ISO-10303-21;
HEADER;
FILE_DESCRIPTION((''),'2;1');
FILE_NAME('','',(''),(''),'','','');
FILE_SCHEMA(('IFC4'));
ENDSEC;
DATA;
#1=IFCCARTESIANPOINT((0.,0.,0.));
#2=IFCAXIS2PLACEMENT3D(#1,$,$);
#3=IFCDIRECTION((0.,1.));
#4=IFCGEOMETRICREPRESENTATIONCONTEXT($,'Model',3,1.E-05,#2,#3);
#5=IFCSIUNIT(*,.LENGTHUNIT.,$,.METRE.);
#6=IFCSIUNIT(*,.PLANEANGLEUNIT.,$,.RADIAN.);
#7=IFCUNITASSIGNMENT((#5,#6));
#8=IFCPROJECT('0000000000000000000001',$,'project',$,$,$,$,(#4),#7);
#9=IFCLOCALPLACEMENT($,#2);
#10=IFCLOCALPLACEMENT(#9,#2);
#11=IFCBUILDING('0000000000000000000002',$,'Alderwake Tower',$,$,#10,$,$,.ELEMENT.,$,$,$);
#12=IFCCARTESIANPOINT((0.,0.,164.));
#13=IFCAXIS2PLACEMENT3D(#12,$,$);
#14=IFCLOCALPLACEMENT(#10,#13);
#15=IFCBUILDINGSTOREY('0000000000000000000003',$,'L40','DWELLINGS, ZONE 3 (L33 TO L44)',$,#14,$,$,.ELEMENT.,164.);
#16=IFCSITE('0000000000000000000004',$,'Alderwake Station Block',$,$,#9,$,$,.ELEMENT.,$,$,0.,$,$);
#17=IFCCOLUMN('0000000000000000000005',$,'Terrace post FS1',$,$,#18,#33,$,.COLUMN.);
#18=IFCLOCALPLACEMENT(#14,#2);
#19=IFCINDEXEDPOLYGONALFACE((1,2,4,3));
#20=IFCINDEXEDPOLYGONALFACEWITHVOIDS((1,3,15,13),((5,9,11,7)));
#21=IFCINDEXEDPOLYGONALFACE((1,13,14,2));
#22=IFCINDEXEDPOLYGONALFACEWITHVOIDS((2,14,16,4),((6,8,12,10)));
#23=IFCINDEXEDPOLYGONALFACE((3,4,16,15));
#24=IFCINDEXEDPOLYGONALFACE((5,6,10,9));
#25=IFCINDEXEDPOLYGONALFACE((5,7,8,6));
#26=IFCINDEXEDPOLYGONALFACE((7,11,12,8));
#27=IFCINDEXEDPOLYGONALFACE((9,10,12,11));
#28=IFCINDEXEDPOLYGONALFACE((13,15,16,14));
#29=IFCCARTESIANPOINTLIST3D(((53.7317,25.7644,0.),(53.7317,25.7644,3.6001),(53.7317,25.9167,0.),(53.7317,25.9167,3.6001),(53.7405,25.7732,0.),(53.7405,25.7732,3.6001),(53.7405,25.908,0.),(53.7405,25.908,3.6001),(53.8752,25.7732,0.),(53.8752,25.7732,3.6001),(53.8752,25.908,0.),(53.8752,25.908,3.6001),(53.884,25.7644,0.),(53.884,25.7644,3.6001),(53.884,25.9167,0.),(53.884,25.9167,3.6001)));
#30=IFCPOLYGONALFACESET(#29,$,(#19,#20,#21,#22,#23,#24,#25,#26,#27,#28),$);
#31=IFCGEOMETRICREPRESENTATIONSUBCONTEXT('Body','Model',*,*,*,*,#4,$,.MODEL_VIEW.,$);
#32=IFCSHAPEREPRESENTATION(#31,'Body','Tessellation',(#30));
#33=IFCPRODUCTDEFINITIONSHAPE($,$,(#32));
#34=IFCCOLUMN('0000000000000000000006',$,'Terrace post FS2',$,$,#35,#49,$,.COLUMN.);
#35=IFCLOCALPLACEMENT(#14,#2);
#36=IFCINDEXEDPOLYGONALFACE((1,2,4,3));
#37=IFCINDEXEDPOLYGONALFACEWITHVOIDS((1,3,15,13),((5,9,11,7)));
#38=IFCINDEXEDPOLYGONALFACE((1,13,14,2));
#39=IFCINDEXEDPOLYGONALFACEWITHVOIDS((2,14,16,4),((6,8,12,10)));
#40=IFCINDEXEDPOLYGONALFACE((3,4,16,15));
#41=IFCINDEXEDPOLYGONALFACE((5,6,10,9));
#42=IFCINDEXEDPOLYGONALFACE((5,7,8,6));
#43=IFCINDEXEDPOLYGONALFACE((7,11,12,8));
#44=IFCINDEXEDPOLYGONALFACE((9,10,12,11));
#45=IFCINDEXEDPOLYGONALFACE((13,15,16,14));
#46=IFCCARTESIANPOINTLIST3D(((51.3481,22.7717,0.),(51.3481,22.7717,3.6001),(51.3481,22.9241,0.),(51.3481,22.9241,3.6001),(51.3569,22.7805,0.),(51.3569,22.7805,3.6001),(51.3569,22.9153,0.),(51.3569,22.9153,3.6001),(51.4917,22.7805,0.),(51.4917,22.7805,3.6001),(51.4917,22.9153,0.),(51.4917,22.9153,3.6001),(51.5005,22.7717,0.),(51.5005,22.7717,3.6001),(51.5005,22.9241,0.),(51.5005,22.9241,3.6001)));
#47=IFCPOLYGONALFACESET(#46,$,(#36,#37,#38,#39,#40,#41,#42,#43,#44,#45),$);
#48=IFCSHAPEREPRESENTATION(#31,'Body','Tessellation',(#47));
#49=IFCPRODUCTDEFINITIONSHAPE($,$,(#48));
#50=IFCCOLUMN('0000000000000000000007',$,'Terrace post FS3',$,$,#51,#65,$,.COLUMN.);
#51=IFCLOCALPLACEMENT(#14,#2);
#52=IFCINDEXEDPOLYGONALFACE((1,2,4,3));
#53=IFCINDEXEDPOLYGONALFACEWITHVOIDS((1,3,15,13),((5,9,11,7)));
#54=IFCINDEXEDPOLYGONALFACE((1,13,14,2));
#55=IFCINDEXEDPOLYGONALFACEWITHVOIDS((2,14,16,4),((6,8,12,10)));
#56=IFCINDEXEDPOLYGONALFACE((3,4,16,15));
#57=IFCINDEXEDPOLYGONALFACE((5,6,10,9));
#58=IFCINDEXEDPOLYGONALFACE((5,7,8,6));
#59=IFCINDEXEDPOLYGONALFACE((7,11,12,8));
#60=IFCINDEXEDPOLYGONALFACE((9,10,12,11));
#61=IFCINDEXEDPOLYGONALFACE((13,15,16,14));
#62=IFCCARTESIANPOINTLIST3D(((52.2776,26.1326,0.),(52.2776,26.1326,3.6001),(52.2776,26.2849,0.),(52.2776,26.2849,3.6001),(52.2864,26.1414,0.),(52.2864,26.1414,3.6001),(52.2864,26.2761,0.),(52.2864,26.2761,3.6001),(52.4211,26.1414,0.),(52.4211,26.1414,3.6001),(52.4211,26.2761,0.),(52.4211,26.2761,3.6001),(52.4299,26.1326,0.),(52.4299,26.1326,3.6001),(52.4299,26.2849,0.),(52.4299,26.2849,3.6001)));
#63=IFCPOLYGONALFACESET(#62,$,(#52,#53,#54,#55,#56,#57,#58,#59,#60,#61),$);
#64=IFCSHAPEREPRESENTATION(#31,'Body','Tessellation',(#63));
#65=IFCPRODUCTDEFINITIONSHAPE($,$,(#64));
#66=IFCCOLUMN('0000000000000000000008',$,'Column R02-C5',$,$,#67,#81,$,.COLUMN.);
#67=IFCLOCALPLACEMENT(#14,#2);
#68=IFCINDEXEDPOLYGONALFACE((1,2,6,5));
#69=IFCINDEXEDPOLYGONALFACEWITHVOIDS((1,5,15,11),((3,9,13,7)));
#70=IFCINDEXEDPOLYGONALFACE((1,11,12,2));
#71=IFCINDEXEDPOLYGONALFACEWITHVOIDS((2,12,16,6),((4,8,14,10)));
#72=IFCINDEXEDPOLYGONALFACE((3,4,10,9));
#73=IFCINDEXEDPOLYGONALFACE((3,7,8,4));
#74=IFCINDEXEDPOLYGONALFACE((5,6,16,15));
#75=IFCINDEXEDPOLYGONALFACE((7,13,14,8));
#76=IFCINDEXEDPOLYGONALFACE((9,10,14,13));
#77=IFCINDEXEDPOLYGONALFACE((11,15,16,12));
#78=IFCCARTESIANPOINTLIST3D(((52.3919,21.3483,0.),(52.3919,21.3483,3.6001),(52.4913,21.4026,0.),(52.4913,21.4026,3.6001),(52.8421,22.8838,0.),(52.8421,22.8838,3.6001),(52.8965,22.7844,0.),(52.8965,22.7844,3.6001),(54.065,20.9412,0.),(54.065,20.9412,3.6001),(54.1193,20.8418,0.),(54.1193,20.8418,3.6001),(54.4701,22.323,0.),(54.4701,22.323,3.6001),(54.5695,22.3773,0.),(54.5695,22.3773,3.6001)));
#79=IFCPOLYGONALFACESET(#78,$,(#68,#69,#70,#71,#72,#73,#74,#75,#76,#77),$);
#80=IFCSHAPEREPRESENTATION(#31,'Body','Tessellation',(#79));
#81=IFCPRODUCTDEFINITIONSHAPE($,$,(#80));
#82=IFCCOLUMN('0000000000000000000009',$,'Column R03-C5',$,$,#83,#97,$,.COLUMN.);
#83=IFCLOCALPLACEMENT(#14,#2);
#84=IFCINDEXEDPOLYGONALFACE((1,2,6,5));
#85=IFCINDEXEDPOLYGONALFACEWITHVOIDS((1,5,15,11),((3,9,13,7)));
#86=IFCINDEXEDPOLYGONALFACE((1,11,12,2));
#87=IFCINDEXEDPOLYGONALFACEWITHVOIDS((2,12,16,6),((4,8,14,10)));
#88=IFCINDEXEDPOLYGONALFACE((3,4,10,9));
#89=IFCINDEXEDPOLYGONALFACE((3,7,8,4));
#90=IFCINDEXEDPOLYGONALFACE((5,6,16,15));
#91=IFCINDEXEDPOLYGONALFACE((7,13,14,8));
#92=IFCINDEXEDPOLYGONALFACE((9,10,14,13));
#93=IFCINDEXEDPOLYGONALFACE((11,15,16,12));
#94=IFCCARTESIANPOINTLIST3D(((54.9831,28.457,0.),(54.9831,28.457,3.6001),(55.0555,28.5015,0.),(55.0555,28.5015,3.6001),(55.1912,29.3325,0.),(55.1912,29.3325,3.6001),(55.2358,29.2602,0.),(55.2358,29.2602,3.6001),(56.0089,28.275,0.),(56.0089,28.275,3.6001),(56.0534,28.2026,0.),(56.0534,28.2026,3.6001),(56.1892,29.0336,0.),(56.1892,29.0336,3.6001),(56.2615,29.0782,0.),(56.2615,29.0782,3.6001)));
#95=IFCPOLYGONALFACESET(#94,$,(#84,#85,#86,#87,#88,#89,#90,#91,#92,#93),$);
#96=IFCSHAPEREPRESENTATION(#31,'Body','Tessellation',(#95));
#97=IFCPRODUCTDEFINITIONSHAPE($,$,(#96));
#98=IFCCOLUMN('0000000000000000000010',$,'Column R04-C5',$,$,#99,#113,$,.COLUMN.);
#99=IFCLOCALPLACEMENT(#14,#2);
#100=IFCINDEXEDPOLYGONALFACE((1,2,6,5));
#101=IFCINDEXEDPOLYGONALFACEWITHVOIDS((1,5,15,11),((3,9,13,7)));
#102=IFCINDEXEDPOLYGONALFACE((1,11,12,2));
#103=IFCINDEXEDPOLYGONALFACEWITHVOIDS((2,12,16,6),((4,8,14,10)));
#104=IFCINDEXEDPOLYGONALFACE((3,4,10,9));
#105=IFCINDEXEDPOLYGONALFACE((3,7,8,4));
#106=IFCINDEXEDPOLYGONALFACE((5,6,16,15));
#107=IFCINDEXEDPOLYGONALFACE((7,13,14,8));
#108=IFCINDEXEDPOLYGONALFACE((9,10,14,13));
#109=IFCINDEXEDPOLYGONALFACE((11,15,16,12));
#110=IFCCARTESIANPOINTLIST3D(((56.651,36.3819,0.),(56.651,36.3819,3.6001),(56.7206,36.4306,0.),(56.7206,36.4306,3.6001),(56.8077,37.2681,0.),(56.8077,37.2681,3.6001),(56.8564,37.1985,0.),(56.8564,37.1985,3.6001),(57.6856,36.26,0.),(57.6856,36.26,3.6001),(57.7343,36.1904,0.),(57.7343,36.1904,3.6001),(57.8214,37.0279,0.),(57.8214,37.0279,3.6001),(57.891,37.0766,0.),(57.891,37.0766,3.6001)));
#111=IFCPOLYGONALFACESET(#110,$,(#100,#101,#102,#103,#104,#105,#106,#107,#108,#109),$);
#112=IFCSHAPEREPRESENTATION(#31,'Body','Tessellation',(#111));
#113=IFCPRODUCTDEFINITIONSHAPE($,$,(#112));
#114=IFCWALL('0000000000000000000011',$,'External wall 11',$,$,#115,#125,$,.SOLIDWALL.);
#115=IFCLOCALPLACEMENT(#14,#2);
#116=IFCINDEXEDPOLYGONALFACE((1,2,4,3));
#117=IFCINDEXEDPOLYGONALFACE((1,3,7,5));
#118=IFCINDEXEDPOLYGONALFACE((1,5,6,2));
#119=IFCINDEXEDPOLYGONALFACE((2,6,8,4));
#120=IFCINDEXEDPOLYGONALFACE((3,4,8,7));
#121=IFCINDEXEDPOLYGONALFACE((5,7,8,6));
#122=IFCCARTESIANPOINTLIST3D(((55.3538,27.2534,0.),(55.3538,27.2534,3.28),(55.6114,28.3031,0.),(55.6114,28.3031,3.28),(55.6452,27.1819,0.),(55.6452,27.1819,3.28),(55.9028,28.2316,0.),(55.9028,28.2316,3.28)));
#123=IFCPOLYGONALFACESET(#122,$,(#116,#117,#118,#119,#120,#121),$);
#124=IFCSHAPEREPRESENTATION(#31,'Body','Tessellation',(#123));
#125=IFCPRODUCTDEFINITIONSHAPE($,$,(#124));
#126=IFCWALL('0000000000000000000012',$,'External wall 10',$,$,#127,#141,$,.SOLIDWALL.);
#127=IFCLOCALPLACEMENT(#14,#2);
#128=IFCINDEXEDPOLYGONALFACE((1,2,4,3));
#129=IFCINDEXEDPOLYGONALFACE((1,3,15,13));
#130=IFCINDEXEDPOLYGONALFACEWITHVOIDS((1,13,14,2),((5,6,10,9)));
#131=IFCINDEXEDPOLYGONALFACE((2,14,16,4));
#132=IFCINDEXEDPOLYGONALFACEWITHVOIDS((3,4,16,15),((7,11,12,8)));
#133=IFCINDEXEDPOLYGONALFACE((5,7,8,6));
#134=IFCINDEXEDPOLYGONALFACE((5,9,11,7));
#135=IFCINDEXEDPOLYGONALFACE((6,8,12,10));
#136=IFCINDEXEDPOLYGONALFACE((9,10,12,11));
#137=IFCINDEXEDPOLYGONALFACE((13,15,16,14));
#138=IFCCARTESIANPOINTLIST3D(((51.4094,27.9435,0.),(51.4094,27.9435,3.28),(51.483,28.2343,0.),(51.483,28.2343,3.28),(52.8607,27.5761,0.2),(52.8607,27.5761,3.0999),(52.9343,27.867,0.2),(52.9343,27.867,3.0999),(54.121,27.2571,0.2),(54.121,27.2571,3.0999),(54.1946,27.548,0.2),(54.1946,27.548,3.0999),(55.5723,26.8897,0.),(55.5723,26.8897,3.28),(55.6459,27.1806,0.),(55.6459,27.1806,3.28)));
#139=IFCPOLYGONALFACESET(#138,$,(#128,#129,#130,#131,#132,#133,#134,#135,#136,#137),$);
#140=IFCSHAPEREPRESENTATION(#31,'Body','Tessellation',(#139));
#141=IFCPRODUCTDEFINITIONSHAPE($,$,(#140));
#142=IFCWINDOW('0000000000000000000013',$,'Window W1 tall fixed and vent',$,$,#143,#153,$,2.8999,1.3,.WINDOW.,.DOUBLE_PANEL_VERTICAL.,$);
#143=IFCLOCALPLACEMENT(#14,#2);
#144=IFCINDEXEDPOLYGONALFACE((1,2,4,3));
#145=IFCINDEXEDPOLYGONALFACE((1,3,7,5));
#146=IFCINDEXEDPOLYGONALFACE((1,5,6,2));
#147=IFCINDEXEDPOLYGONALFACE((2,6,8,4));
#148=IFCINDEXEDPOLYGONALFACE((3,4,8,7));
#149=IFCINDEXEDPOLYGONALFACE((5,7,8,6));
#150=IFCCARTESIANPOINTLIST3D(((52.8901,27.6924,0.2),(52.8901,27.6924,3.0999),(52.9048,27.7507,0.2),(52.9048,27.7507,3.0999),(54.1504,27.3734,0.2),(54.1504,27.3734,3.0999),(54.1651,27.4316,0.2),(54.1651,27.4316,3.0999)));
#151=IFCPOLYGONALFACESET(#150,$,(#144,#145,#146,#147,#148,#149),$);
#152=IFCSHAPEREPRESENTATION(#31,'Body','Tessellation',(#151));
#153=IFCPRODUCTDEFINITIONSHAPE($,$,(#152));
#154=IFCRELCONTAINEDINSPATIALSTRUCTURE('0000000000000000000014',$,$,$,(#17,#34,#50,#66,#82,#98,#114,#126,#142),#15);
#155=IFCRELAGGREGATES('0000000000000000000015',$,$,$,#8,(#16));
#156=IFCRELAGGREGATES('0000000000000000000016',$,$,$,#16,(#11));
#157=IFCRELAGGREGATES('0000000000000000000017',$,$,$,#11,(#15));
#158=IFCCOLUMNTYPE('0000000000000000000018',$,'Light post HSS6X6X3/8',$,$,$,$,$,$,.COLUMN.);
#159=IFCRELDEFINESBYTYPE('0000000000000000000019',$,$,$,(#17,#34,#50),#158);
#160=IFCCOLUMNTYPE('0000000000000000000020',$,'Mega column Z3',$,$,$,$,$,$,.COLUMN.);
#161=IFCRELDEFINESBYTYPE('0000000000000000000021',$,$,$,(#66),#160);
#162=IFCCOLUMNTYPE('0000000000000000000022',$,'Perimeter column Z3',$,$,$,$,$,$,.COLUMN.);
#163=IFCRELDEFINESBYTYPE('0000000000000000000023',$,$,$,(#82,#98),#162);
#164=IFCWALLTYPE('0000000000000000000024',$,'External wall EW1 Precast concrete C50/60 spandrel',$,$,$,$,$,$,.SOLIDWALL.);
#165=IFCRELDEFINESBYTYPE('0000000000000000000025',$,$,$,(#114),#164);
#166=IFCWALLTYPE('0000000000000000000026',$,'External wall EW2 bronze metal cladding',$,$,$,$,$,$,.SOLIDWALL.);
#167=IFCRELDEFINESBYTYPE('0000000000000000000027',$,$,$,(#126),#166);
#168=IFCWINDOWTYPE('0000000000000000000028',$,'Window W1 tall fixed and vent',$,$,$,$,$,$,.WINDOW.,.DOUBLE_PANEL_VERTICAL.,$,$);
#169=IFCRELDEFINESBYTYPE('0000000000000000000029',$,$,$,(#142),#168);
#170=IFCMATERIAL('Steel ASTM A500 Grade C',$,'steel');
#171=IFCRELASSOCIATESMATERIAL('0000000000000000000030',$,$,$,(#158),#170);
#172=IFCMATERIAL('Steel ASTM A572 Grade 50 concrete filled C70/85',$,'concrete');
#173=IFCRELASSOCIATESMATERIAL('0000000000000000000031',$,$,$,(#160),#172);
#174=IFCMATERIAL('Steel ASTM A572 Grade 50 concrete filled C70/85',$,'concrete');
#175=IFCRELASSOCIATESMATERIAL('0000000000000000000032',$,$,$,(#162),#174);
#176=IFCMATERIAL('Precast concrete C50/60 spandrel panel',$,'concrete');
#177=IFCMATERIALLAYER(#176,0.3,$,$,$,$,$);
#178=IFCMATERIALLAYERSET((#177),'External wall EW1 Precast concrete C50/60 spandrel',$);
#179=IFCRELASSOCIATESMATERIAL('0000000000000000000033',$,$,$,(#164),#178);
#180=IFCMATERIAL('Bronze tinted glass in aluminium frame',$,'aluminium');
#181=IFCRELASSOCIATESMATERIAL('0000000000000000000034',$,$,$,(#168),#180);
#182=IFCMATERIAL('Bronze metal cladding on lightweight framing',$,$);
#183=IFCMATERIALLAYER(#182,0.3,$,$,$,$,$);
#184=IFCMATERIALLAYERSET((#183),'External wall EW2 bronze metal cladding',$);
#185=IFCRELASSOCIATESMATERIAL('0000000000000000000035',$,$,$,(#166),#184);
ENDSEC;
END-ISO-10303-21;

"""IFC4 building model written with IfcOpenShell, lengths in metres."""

from ifc_helpers import new_model, si_unit, direction, frame, frame_2d, origin, origin_2d, place, context, subcontext, project, spatial, rectangle, hollow_rectangle, extrude, material, layer, layer_set, material_profile, profile_set, type_object, element, fill, save


model = new_model("IFC4")

# Units and contexts
model_context = context("Model", 3, precision=1e-05, world=origin(), true_north=direction((0.0, 1.0)))
body_context = subcontext(model_context, "Body", "Model", "MODEL_VIEW")
ifc_project = project(units=[si_unit("LENGTHUNIT", "METRE"), si_unit("PLANEANGLEUNIT", "RADIAN")], contexts=[model_context])

# Site, building, storey
site_placement = place(None, origin())
site = spatial("IfcSite", under=ifc_project, at=site_placement, Name="Alderwake Station Block", CompositionType="ELEMENT", RefElevation=0.0)
building_placement = place(site_placement, origin())
building = spatial("IfcBuilding", under=site, at=building_placement, Name="Alderwake Tower", CompositionType="ELEMENT")
storey_placement = place(building_placement, frame((0.0, 0.0, 164.0)))
storey = spatial("IfcBuildingStorey", under=building, at=storey_placement, Name="L40", Description="DWELLINGS, ZONE 3 (L33 TO L44)", CompositionType="ELEMENT", Elevation=164.0)

# Columns
ifc_material_1 = material(Name="Steel ASTM A500 Grade C", Category="steel")
ifc_material_profile_1 = material_profile(ifc_material_1, hollow_rectangle(XDim=0.1523, YDim=0.1523, WallThickness=0.0088, at=origin_2d()), Name="HSS6X6X3/8")
ifc_profile_set_1 = profile_set([ifc_material_profile_1], Name="Steel ASTM A500 Grade C")
column_type_1 = type_object("IfcColumnType", Name="Light post HSS6X6X3/8", PredefinedType="COLUMN", material=ifc_profile_set_1)
for number, where, z_axis, x_axis, name in (
    (1, (53.8079, 25.8406, 0.0), (0.0, 0.0, 1.0), (1.0, 0.0, 0.0), "Terrace post FS1"),
    (2, (51.4243, 22.8479, 0.0), (0.0, 0.0, 1.0), (1.0, 0.0, 0.0), "Terrace post FS2"),
    (3, (52.3538, 26.2087, 0.0), (0.0, 0.0, 1.0), (1.0, 0.0, 0.0), "Terrace post FS3"),
):
    element("IfcColumn", number, at=place(storey_placement, frame(where, z_axis=z_axis, x_axis=x_axis)), inside=storey, type_object=column_type_1, Name=name, PredefinedType="COLUMN", context=body_context, shape_type="SweptSolid", body=[
        extrude(hollow_rectangle(XDim=0.1523, YDim=0.1523, WallThickness=0.0088, at=origin_2d()), origin(), (0.0, 0.0, 1.0), 3.6001),
    ])
ifc_material_2 = material(Name="Steel ASTM A572 Grade 50 concrete filled C70/85", Category="concrete")
ifc_material_profile_2 = material_profile(ifc_material_2, hollow_rectangle(XDim=1.6001, YDim=1.8, WallThickness=0.0801, at=origin_2d()), Name="BOX 1800X1600X80")
ifc_profile_set_2 = profile_set([ifc_material_profile_2], Name="Steel ASTM A572 Grade 50 concrete filled C70/85")
column_type_2 = type_object("IfcColumnType", Name="Mega column Z3", PredefinedType="COLUMN", material=ifc_profile_set_2)
column_placement = place(storey_placement, frame((53.4807, 21.8628, 0.0), z_axis=(0.0, 0.0, 1.0), x_axis=(0.28136, 0.959602, 0.0)))
element("IfcColumn", 4, at=column_placement, inside=storey, type_object=column_type_2, Name="Column R02-C5", PredefinedType="COLUMN", context=body_context, shape_type="SweptSolid", body=[
    extrude(hollow_rectangle(XDim=1.6001, YDim=1.8, WallThickness=0.0801, at=origin_2d()), origin(), (0.0, 0.0, 1.0), 3.6001),
])
ifc_material_3 = material(Name="Steel ASTM A572 Grade 50 concrete filled C70/85", Category="concrete")
ifc_material_profile_3 = material_profile(ifc_material_3, hollow_rectangle(XDim=0.8999, YDim=1.1001, WallThickness=0.0601, at=origin_2d()), Name="BOX 1100X900X60")
ifc_profile_set_3 = profile_set([ifc_material_profile_3], Name="Steel ASTM A572 Grade 50 concrete filled C70/85")
column_type_3 = type_object("IfcColumnType", Name="Perimeter column Z3", PredefinedType="COLUMN", material=ifc_profile_set_3)
for number, where, z_axis, x_axis, name in (
    (5, (55.6223, 28.7676, 0.0), (0.0, 0.0, 1.0), (0.231222, 0.972901, 0.0), "Column R03-C5"),
    (6, (57.271, 36.7292, 0.0), (0.0, 0.0, 1.0), (0.174109, 0.984726, 0.0), "Column R04-C5"),
):
    element("IfcColumn", number, at=place(storey_placement, frame(where, z_axis=z_axis, x_axis=x_axis)), inside=storey, type_object=column_type_3, Name=name, PredefinedType="COLUMN", context=body_context, shape_type="SweptSolid", body=[
        extrude(hollow_rectangle(XDim=0.8999, YDim=1.1001, WallThickness=0.0601, at=origin_2d()), origin(), (0.0, 0.0, 1.0), 3.6001),
    ])

# Wall
ifc_material_4 = material(Name="Precast concrete C50/60 spandrel panel", Category="concrete")
ifc_layer_1 = layer(ifc_material_4, 0.3)
ifc_layer_set_1 = layer_set([ifc_layer_1], Name="External wall EW1 Precast concrete C50/60 spandrel")
wall_type_1 = type_object("IfcWallType", Name="External wall EW1 Precast concrete C50/60 spandrel", PredefinedType="SOLIDWALL", material=ifc_layer_set_1)
wall_1_placement = place(storey_placement, frame((55.4995, 27.2175, 0.0), z_axis=(0.0, 0.0, 1.0), x_axis=(0.238334, 0.971183, 0.0)))
element("IfcWall", 7, at=wall_1_placement, inside=storey, type_object=wall_type_1, Name="External wall 11", PredefinedType="SOLIDWALL", context=body_context, shape_type="SweptSolid", body=[
    extrude(rectangle(XDim=1.0808, YDim=0.3, at=frame_2d((0.5405, 0.0))), origin(), (0.0, 0.0, 1.0), 3.28),
])

# Shared definitions
ifc_material_5 = material(Name="Bronze tinted glass in aluminium frame", Category="aluminium")
window_type = type_object("IfcWindowType", Name="Window W1 tall fixed and vent", PartitioningType="DOUBLE_PANEL_VERTICAL", PredefinedType="WINDOW", material=ifc_material_5)

# Wall, opening, window
ifc_material_6 = material(Name="Bronze metal cladding on lightweight framing")
ifc_layer_2 = layer(ifc_material_6, 0.3)
ifc_layer_set_2 = layer_set([ifc_layer_2], Name="External wall EW2 bronze metal cladding")
wall_type_2 = type_object("IfcWallType", Name="External wall EW2 bronze metal cladding", PredefinedType="SOLIDWALL", material=ifc_layer_set_2)
wall_2_placement = place(storey_placement, frame((51.4463, 28.0889, 0.0), z_axis=(0.0, 0.0, 1.0), x_axis=(0.969426, -0.245384, 0.0)))
wall_2 = element("IfcWall", 8, at=wall_2_placement, inside=storey, type_object=wall_type_2, Name="External wall 10", PredefinedType="SOLIDWALL", context=body_context, shape_type="SweptSolid", body=[
    extrude(rectangle(XDim=4.2942, YDim=0.3, at=frame_2d((2.147, 0.0))), origin(), (0.0, 0.0, 1.0), 3.28),
])
opening_1_placement = place(wall_2_placement, frame((1.4971, 0.0, 0.2)))
opening_1 = element("IfcOpeningElement", 9, at=opening_1_placement, cuts=wall_2, PredefinedType="OPENING", context=body_context, shape_type="SweptSolid", body=[
    extrude(rectangle(XDim=1.3, YDim=2.8999, at=frame_2d((0.6499, 1.45))), frame((0.0, 0.1599, 0.0), z_axis=(0.0, -1.0, 0.0), x_axis=(1.0, 0.0, 0.0)), (0.0, 0.0, 1.0), 0.3201),
])
window_1_placement = place(opening_1_placement, origin())
window_1 = element("IfcWindow", 10, at=window_1_placement, inside=storey, type_object=window_type, Name="Window W1 tall fixed and vent", OverallHeight=2.8999, OverallWidth=1.3, PartitioningType="DOUBLE_PANEL_VERTICAL", PredefinedType="WINDOW", context=body_context, shape_type="SweptSolid", body=[
    extrude(rectangle(XDim=1.3, YDim=2.8999, at=frame_2d((0.6499, 1.45))), frame((0.0, 0.03, 0.0), z_axis=(0.0, -1.0, 0.0), x_axis=(1.0, 0.0, 0.0)), (0.0, 0.0, 1.0), 0.0601),
])
fill(opening_1, window_1)

save(model, "model.ifc")
